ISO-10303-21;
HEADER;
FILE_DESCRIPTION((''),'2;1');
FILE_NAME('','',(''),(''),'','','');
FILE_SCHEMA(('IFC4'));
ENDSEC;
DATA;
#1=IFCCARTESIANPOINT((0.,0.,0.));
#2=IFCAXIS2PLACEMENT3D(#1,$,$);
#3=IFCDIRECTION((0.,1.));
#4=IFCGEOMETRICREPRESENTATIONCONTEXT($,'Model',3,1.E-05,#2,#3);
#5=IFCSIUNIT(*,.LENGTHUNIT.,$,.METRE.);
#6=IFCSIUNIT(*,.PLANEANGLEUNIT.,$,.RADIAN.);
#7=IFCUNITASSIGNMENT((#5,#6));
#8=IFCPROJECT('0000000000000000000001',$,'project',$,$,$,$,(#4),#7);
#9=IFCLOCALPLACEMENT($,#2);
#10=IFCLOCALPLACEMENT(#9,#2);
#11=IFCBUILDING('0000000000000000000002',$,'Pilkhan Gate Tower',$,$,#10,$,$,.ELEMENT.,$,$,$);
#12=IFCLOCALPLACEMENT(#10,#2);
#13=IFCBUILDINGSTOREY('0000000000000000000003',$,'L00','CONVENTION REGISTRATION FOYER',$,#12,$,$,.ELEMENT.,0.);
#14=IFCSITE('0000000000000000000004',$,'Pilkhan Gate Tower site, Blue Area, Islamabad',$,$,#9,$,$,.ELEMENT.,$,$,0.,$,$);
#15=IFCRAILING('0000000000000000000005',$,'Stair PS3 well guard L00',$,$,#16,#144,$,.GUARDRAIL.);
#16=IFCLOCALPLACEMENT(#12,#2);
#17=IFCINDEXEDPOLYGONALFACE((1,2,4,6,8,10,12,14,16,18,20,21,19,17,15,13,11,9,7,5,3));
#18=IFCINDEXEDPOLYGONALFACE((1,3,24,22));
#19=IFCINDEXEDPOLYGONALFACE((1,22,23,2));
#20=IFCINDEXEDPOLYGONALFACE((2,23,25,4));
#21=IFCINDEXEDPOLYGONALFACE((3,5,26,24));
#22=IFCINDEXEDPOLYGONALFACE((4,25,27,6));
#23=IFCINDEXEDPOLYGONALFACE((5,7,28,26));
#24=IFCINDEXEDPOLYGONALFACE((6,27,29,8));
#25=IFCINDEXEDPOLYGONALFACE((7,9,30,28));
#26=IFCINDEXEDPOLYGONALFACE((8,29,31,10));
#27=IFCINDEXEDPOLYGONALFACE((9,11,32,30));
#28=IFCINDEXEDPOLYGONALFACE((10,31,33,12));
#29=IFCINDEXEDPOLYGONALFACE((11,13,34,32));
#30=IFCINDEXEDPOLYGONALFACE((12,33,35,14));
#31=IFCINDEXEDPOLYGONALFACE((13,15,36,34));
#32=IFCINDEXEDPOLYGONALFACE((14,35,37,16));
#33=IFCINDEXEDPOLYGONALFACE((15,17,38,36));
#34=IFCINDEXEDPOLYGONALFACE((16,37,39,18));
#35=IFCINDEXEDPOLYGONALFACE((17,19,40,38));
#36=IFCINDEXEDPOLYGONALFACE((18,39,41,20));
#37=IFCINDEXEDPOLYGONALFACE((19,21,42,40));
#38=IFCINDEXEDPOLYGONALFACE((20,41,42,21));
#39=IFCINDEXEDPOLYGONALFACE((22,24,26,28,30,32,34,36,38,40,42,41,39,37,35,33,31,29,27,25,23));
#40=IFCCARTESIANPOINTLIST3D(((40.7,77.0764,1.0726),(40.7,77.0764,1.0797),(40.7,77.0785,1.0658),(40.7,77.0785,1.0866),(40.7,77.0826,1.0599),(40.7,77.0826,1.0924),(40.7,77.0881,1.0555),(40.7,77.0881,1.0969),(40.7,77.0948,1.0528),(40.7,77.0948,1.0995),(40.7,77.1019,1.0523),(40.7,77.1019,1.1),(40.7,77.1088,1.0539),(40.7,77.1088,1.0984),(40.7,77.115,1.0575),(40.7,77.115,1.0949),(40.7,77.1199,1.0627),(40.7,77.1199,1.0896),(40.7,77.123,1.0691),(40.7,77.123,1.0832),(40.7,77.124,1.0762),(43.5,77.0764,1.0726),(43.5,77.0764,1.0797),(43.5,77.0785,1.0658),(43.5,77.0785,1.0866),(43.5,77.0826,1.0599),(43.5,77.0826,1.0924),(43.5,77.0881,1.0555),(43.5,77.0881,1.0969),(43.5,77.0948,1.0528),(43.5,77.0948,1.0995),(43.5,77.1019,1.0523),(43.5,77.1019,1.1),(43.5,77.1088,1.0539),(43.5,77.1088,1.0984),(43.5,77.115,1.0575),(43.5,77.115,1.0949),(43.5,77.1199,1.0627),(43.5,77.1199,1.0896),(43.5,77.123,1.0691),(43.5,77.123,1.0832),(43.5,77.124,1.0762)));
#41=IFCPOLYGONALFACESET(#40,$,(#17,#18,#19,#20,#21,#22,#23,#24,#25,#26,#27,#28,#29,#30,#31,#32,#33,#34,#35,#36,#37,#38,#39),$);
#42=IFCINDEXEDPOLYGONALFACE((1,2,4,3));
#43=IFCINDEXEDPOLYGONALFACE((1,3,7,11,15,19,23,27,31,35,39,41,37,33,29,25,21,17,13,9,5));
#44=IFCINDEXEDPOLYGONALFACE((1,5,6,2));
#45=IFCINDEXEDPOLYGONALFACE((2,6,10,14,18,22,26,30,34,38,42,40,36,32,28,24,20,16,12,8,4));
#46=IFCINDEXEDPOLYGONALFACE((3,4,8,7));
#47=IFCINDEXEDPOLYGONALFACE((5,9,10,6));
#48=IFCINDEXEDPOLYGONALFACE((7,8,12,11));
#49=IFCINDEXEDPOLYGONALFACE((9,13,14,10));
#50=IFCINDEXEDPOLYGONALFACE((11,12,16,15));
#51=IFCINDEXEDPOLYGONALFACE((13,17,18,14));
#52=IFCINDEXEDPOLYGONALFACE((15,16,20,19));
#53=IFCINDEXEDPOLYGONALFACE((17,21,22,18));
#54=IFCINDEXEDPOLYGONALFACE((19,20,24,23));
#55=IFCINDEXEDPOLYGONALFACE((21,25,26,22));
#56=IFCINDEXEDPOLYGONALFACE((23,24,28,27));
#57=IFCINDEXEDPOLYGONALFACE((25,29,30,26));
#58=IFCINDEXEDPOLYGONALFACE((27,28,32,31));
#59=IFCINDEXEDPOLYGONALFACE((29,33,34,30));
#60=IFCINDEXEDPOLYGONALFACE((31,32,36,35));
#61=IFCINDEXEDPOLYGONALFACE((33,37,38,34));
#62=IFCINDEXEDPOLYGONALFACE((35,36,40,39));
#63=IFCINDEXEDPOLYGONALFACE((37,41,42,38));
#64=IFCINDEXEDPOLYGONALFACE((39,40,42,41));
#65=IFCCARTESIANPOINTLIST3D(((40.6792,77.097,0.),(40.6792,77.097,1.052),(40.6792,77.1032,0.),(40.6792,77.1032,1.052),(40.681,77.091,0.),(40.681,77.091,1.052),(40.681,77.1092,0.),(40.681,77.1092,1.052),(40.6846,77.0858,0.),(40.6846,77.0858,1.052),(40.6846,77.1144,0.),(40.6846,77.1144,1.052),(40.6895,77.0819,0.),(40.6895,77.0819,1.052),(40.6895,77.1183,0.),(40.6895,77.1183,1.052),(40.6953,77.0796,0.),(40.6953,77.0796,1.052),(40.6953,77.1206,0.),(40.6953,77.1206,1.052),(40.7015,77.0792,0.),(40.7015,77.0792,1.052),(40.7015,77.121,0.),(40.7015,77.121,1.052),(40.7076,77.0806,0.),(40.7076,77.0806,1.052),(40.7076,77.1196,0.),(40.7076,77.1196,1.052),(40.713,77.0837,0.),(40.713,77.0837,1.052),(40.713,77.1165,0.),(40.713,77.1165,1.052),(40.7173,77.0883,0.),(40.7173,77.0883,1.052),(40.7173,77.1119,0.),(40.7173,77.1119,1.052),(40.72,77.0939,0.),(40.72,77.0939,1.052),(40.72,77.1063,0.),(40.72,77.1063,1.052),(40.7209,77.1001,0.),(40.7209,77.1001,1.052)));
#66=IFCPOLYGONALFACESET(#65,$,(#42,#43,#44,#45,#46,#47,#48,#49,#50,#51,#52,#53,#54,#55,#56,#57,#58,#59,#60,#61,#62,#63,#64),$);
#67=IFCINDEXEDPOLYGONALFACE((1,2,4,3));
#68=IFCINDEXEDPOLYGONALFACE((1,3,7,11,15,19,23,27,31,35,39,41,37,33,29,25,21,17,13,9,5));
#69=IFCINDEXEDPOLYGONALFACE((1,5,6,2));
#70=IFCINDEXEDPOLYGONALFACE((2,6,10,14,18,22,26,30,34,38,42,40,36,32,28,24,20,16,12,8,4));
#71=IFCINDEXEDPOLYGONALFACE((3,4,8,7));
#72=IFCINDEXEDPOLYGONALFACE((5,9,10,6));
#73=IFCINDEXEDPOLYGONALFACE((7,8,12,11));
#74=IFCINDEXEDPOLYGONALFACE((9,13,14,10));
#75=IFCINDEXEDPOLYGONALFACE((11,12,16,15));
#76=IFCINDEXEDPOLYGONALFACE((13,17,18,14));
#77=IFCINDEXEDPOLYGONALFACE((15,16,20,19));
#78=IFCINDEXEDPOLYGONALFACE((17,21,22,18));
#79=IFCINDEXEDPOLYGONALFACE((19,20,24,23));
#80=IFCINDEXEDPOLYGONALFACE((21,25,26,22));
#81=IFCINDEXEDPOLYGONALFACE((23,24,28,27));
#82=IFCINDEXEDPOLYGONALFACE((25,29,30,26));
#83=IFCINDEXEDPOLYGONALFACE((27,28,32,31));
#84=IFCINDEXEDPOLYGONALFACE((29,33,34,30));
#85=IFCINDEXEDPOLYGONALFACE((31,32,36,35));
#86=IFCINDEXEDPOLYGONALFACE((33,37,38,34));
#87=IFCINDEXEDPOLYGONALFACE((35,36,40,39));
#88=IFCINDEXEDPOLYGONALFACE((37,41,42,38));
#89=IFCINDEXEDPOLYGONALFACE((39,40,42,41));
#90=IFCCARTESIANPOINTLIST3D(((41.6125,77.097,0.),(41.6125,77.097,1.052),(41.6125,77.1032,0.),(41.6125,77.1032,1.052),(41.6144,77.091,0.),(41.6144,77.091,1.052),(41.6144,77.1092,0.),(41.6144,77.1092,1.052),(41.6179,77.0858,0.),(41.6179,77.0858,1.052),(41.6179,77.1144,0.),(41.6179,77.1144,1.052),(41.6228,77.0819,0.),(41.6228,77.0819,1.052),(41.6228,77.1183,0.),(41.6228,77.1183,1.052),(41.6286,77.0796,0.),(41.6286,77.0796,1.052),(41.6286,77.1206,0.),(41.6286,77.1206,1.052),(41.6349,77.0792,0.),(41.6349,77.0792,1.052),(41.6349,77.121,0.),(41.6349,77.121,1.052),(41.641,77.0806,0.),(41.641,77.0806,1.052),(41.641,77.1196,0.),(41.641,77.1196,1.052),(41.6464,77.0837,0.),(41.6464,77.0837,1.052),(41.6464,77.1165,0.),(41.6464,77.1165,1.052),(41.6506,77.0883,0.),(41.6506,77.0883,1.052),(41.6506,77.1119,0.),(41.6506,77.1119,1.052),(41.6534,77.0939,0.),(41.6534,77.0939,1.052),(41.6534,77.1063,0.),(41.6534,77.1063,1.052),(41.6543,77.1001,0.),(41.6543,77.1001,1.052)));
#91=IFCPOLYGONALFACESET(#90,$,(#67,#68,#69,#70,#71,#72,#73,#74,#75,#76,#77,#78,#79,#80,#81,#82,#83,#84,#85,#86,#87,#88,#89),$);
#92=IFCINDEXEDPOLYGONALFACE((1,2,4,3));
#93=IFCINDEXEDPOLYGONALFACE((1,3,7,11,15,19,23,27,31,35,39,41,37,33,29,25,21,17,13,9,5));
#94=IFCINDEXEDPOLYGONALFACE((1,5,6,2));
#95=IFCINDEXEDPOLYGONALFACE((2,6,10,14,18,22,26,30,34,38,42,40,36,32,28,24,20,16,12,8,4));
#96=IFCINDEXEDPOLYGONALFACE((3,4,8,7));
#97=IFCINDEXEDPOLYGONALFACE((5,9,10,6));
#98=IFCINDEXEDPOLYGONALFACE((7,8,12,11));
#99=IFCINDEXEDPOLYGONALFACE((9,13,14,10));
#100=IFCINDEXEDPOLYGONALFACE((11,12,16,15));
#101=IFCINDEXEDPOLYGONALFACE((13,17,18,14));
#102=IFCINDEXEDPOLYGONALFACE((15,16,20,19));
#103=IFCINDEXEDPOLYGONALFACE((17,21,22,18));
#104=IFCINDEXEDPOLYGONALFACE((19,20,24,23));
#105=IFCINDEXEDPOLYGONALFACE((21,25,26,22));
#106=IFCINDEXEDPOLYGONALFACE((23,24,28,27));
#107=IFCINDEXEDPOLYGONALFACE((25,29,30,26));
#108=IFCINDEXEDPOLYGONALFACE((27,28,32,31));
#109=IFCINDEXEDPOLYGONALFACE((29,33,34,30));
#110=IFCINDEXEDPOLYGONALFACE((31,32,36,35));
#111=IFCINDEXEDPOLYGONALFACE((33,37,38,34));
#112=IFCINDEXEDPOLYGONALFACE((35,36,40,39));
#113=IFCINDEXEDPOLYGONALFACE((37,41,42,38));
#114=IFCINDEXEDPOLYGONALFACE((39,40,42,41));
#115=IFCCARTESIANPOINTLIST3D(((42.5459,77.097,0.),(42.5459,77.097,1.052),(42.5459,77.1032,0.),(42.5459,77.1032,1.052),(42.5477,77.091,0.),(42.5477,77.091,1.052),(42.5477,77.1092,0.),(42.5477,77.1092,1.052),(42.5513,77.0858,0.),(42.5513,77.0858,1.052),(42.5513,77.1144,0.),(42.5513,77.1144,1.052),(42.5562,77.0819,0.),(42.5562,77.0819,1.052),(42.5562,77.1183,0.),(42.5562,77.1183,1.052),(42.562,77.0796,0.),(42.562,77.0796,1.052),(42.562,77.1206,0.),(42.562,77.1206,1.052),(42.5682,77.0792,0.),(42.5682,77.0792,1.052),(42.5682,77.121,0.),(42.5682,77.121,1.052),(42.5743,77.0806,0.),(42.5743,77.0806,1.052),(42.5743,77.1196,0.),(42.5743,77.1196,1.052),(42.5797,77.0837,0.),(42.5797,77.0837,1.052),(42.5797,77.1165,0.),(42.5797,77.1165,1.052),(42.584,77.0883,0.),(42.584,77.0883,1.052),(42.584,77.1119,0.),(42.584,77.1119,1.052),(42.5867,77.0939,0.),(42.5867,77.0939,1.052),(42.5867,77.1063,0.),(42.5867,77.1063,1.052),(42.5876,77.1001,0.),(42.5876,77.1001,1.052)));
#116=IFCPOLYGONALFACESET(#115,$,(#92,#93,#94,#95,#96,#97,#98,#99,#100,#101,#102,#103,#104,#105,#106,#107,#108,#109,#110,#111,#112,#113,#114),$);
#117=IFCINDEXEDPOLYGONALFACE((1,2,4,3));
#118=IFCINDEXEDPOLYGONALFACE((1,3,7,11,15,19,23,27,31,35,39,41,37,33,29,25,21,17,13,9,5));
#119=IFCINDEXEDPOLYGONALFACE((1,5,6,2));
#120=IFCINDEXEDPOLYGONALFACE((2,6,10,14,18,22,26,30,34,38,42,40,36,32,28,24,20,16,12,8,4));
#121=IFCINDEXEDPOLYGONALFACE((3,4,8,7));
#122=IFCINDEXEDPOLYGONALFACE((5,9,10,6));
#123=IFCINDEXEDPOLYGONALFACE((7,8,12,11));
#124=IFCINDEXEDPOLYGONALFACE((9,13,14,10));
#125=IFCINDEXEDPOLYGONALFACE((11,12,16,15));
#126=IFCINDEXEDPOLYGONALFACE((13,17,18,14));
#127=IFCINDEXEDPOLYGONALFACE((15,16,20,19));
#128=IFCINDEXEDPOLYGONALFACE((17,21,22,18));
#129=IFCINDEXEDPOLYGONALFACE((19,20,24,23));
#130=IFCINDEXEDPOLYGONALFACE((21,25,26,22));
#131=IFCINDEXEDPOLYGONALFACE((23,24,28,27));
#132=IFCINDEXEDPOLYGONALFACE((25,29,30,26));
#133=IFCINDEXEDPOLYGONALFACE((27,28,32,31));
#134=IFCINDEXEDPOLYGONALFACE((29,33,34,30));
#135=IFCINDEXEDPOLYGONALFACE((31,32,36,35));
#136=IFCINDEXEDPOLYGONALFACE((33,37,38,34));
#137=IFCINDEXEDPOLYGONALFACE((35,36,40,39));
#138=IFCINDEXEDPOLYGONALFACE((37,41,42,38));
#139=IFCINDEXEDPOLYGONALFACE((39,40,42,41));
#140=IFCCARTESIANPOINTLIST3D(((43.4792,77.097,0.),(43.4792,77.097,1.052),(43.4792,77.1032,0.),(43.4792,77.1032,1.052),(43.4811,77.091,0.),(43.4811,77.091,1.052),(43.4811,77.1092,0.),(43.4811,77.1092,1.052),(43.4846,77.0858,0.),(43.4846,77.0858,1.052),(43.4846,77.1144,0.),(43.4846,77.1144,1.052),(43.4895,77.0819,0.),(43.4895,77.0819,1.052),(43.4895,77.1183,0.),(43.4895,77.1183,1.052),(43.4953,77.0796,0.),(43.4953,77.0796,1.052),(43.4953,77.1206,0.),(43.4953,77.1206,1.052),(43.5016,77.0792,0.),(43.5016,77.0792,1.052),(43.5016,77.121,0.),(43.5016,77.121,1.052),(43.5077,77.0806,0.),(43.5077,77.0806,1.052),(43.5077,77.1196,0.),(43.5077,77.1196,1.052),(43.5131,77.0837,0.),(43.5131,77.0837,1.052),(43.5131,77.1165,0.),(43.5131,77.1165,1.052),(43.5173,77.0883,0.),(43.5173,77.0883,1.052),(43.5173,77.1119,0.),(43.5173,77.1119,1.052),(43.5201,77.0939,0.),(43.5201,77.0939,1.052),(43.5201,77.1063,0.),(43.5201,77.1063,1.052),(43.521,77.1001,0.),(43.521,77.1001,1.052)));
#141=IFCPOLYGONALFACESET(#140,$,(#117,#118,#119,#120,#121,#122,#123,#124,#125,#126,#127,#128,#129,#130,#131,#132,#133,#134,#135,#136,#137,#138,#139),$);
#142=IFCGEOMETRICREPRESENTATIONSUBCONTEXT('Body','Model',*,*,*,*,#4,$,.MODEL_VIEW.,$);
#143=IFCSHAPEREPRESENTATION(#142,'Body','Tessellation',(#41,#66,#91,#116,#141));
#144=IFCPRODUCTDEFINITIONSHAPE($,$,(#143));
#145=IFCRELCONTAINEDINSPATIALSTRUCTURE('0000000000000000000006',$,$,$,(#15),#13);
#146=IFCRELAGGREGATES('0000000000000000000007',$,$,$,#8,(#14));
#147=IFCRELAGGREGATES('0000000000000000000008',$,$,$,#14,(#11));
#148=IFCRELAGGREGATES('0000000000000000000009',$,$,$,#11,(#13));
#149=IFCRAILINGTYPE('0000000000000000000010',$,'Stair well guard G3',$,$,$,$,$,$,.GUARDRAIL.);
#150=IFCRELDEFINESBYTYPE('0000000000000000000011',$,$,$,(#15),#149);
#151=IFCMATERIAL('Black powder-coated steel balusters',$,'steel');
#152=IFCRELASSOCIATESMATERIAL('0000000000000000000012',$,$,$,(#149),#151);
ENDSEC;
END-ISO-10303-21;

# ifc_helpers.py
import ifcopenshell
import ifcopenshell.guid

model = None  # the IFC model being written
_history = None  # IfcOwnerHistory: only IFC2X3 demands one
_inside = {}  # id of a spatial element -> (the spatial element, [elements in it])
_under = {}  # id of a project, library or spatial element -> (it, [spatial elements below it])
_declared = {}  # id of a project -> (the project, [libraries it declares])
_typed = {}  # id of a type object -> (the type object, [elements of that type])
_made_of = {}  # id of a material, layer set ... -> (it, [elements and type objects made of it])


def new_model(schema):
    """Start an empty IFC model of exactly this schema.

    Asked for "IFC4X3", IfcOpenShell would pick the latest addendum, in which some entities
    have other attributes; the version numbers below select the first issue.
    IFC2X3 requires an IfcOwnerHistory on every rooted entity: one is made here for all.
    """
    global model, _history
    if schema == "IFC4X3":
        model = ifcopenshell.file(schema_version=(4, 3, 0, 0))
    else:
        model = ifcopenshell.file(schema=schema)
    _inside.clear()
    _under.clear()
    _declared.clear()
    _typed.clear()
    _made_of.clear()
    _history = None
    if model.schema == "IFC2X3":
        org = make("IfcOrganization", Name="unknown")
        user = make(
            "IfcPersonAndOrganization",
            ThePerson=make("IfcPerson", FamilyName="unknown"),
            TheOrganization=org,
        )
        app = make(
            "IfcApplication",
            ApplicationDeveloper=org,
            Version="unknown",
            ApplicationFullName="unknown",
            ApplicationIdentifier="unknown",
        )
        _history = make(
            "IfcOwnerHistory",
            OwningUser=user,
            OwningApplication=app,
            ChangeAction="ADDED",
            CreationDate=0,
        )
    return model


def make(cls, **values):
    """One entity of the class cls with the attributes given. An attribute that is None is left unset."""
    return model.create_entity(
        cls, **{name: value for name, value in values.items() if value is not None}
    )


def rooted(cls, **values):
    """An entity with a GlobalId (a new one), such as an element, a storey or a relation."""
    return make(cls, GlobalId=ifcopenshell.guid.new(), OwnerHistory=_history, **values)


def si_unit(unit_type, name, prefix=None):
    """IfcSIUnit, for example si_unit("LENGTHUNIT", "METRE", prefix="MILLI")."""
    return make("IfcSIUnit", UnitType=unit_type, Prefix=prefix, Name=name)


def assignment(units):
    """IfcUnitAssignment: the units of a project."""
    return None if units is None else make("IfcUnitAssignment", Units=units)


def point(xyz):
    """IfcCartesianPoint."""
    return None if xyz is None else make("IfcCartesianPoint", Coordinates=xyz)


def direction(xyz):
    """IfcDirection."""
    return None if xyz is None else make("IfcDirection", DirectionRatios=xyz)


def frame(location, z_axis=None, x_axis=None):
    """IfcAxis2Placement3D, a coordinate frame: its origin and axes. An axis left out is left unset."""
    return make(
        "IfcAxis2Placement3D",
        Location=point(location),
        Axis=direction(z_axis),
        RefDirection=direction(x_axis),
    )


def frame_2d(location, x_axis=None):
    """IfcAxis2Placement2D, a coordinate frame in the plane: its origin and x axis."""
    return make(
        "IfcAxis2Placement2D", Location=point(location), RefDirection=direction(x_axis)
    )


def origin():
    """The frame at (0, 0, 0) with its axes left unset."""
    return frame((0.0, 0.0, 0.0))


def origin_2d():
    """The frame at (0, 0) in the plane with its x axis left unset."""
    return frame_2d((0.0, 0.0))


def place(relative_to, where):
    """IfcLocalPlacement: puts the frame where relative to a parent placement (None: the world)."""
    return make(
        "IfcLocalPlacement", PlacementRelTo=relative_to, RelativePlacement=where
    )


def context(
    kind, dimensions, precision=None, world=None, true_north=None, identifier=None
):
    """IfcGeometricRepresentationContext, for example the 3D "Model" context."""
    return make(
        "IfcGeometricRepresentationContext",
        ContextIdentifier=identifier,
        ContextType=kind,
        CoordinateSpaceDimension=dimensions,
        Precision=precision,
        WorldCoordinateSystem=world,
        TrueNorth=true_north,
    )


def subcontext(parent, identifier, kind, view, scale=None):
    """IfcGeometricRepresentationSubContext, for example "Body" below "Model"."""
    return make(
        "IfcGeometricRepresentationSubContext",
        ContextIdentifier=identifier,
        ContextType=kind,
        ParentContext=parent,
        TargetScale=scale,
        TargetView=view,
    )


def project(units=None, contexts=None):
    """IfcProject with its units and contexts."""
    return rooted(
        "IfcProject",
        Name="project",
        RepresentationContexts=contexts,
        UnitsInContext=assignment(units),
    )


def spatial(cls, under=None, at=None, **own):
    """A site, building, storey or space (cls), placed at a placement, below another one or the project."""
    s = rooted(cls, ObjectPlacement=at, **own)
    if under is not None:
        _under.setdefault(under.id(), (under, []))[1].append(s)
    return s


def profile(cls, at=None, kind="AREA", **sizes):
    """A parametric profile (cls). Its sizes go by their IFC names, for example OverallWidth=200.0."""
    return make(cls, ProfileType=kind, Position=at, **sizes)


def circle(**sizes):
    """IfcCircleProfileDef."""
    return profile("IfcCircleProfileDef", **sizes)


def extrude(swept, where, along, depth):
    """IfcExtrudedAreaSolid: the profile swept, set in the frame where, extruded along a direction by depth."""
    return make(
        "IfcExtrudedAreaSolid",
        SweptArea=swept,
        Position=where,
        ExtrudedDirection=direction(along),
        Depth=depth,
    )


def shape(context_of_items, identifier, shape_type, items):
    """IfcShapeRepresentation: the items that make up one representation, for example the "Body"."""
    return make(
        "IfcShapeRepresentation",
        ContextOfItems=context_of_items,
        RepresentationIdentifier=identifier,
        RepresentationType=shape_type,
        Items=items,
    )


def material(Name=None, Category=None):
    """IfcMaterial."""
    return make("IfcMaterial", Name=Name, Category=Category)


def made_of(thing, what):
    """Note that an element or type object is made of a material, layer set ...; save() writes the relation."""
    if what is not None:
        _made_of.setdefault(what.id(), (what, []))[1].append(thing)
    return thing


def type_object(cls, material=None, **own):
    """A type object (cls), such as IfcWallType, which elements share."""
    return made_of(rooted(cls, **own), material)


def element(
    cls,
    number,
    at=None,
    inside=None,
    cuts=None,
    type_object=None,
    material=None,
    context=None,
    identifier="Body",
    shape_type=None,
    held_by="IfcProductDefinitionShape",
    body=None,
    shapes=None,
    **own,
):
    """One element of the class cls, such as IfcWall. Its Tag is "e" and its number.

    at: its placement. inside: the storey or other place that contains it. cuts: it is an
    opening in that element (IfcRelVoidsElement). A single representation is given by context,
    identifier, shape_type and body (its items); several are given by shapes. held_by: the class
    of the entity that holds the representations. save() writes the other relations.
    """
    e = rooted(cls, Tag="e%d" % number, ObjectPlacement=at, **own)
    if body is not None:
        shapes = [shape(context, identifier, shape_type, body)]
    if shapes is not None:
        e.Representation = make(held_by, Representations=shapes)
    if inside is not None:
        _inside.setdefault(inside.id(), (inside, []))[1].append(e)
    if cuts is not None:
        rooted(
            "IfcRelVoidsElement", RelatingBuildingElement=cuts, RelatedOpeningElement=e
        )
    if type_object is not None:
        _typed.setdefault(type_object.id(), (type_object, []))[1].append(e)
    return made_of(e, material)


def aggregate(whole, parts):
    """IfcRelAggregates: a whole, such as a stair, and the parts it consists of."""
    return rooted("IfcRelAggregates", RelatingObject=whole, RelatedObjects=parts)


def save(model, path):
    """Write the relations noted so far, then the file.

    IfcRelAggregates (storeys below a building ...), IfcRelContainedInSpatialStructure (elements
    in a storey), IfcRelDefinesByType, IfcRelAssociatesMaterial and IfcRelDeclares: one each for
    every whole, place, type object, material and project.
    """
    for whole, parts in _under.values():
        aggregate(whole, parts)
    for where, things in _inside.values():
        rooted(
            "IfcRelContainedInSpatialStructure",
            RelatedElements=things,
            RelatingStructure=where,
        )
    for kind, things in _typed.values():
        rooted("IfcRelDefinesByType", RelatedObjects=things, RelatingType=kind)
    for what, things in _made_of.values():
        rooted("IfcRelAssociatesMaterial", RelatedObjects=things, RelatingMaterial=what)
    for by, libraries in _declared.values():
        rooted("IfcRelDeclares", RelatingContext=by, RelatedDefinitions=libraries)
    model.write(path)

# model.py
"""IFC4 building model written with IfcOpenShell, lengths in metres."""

from ifc_helpers import new_model, si_unit, direction, frame, origin, origin_2d, place, context, subcontext, project, spatial, circle, extrude, material, type_object, element, save


model = new_model("IFC4")

# Units and contexts
model_context = context("Model", 3, precision=1e-05, world=origin(), true_north=direction((0.0, 1.0)))
body_context = subcontext(model_context, "Body", "Model", "MODEL_VIEW")
ifc_project = project(units=[si_unit("LENGTHUNIT", "METRE"), si_unit("PLANEANGLEUNIT", "RADIAN")], contexts=[model_context])

# Site, building, storey
site_placement = place(None, origin())
site = spatial("IfcSite", under=ifc_project, at=site_placement, Name="Pilkhan Gate Tower site, Blue Area, Islamabad", CompositionType="ELEMENT", RefElevation=0.0)
building_placement = place(site_placement, origin())
building = spatial("IfcBuilding", under=site, at=building_placement, Name="Pilkhan Gate Tower", CompositionType="ELEMENT")
storey_placement = place(building_placement, origin())
storey = spatial("IfcBuildingStorey", under=building, at=storey_placement, Name="L00", Description="CONVENTION REGISTRATION FOYER", CompositionType="ELEMENT", Elevation=0.0)

# Railing
ifc_material_1 = material(Name="Black powder-coated steel balusters", Category="steel")
railing_type_1 = type_object("IfcRailingType", Name="Stair well guard G3", PredefinedType="GUARDRAIL", material=ifc_material_1)
railing_1_placement = place(storey_placement, frame((40.7, 77.1001, 0.0)))
element("IfcRailing", 1, at=railing_1_placement, inside=storey, type_object=railing_type_1, Name="Stair PS3 well guard L00", PredefinedType="GUARDRAIL", context=body_context, shape_type="SweptSolid", body=[
    extrude(circle(Radius=0.0239, at=origin_2d()), frame((0.0, 0.0, 1.0762), z_axis=(1.0, 0.0, 0.0), x_axis=(0.0, 1.0, 0.0)), (0.0, 0.0, 1.0), 2.8),
    extrude(circle(Radius=0.021, at=origin_2d()), origin(), (0.0, 0.0, 1.0), 1.052),
    extrude(circle(Radius=0.021, at=origin_2d()), frame((0.9333, 0.0, 0.0)), (0.0, 0.0, 1.0), 1.052),
    extrude(circle(Radius=0.021, at=origin_2d()), frame((1.8667, 0.0, 0.0)), (0.0, 0.0, 1.0), 1.052),
    extrude(circle(Radius=0.021, at=origin_2d()), frame((2.8, 0.0, 0.0)), (0.0, 0.0, 1.0), 1.052),
])

save(model, "model.ifc")
